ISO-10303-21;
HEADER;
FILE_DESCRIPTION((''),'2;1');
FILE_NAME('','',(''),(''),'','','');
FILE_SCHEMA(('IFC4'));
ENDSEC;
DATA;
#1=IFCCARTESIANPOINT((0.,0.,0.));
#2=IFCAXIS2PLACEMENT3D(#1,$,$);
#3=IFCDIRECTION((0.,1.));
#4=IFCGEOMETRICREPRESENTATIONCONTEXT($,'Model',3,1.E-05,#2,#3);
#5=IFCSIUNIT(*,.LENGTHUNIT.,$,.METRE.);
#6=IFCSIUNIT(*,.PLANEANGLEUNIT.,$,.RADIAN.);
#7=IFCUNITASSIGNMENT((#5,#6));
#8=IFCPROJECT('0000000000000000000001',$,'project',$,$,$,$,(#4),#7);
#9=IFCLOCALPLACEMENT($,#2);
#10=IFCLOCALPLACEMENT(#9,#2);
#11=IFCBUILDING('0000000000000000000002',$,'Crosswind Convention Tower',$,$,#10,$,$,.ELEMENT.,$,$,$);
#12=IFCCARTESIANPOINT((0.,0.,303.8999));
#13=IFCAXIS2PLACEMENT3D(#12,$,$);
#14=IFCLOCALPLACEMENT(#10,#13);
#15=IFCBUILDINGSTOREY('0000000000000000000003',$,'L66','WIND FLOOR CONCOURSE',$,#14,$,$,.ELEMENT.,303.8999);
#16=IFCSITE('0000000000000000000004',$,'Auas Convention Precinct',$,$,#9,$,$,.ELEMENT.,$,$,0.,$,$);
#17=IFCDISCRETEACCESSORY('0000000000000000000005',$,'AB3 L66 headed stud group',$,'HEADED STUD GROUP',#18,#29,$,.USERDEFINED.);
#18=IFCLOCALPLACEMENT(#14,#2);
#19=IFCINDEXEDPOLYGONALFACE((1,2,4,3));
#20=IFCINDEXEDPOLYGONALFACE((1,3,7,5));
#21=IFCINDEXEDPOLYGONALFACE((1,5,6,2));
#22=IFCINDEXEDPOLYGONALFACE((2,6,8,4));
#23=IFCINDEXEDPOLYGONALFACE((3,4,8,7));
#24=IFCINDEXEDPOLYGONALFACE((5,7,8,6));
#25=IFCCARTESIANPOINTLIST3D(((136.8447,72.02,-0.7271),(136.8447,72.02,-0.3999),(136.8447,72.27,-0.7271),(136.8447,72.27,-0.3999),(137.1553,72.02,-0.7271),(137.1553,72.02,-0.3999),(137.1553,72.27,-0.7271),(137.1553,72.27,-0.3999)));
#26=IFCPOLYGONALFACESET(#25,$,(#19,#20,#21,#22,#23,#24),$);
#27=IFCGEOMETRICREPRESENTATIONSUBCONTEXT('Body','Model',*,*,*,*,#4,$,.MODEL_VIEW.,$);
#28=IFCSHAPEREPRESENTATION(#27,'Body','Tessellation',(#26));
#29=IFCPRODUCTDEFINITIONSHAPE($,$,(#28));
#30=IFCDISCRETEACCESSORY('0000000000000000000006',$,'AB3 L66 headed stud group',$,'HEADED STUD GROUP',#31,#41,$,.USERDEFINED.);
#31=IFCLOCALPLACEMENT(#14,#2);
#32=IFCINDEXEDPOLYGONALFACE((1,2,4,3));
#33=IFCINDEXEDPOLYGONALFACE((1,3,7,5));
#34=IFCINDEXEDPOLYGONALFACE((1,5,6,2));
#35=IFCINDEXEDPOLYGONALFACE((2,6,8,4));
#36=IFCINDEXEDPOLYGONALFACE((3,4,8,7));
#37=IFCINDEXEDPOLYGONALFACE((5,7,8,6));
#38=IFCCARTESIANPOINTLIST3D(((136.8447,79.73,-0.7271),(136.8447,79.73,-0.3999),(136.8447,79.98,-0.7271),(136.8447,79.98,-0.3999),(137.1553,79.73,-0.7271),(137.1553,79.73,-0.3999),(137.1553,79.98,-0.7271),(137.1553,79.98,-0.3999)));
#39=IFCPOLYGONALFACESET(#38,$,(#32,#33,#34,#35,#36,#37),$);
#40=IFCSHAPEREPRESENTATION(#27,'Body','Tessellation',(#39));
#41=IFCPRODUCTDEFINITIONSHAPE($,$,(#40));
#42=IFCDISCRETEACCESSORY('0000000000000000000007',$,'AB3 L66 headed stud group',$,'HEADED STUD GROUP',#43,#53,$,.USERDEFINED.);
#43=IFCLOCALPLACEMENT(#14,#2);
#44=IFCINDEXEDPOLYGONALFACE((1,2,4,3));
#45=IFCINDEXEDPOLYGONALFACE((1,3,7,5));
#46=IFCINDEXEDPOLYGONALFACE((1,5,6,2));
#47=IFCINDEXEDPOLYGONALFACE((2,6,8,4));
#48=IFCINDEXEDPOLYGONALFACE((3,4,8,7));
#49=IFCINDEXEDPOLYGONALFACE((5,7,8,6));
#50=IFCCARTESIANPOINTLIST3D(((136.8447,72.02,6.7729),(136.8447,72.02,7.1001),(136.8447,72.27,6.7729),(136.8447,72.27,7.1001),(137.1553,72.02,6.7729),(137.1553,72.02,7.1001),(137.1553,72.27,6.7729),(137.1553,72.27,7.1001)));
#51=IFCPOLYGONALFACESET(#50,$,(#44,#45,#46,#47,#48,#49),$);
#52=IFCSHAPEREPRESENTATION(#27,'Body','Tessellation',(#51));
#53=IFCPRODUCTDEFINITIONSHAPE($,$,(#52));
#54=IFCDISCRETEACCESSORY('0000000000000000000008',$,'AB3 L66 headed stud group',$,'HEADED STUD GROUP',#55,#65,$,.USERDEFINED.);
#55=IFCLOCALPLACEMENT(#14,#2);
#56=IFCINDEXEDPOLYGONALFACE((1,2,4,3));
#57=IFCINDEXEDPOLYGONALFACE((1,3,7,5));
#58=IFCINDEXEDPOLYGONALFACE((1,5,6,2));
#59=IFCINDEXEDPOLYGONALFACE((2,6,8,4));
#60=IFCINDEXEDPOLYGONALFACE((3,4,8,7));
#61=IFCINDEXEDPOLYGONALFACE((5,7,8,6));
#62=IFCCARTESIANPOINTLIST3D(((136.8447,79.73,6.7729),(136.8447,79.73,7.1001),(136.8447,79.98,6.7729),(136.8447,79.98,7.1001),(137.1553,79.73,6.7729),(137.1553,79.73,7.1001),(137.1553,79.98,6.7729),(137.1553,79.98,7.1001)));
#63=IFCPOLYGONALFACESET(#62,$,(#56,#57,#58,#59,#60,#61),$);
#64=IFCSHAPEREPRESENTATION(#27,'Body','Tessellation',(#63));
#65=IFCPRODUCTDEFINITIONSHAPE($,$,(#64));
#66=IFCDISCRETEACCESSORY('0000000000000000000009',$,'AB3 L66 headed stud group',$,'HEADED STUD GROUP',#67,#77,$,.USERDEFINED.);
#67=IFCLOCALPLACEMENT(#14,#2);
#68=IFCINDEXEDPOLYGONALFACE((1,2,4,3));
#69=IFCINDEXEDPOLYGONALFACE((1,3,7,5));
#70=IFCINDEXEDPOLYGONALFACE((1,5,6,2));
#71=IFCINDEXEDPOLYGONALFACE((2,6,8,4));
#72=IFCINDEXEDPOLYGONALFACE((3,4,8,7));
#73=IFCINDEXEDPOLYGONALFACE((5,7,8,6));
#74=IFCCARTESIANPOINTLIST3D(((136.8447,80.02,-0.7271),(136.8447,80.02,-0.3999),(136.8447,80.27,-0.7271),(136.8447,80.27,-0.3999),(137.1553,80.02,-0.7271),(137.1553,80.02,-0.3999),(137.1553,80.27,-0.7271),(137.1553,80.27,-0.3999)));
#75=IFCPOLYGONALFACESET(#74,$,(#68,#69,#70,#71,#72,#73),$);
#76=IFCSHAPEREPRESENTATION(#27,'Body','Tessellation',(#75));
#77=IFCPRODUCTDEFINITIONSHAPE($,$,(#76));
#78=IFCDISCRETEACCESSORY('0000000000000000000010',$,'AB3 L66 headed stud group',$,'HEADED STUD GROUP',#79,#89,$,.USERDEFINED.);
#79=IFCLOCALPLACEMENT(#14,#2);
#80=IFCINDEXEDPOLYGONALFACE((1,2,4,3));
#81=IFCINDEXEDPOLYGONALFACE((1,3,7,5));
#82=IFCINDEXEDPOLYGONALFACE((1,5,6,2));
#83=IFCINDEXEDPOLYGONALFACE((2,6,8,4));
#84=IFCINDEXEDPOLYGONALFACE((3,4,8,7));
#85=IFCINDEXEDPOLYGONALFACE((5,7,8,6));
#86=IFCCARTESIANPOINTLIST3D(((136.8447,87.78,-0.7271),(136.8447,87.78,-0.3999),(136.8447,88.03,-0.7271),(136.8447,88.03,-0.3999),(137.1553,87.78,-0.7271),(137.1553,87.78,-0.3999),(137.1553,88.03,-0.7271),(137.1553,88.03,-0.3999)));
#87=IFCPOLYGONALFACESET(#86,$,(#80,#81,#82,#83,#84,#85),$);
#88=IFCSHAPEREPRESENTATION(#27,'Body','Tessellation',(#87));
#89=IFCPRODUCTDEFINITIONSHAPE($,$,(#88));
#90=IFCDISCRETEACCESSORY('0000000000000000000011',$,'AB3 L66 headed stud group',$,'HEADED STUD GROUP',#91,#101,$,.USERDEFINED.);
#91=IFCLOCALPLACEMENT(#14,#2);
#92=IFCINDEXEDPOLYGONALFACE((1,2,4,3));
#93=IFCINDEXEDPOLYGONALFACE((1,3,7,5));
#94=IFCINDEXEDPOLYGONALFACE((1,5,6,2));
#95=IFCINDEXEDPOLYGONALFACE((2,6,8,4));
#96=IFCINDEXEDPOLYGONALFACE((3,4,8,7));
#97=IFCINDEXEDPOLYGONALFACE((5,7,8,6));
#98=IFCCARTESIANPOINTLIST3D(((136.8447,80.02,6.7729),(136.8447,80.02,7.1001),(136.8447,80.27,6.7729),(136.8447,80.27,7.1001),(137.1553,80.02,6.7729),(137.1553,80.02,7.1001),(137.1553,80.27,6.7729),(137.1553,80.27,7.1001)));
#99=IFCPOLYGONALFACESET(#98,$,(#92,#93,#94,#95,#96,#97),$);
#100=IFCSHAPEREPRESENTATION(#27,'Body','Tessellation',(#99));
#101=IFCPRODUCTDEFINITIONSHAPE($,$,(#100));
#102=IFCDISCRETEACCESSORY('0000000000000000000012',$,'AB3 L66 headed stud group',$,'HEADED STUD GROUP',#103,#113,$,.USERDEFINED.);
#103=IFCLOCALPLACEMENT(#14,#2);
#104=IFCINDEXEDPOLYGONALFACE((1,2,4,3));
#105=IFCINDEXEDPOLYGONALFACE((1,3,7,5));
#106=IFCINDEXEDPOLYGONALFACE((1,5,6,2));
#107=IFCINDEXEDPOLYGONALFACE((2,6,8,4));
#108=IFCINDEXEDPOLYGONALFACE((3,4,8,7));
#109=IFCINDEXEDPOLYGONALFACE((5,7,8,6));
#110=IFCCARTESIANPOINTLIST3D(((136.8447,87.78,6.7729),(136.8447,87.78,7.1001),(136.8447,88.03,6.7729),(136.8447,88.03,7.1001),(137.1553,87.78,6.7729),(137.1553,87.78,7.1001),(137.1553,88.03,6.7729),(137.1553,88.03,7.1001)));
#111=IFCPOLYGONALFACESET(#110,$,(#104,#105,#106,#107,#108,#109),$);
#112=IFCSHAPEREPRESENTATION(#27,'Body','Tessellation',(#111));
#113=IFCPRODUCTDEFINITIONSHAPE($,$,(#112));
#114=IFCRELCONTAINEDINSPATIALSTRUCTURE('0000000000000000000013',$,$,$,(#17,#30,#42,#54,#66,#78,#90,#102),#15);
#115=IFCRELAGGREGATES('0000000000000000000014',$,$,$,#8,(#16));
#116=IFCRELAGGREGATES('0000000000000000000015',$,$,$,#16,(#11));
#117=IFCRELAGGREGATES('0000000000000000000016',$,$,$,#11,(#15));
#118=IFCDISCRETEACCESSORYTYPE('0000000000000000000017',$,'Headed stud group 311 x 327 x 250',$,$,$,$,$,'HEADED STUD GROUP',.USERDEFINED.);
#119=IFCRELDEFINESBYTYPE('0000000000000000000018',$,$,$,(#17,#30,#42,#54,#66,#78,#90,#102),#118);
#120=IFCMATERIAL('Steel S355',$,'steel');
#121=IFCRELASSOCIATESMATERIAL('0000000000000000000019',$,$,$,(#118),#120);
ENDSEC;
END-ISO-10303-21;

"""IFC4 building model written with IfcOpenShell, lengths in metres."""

from ifc_helpers import new_model, si_unit, direction, frame, origin, origin_2d, place, context, subcontext, project, spatial, rectangle, extrude, material, type_object, element, save


model = new_model("IFC4")

# Units and contexts
model_context = context("Model", 3, precision=1e-05, world=origin(), true_north=direction((0.0, 1.0)))
body_context = subcontext(model_context, "Body", "Model", "MODEL_VIEW")
ifc_project = project(units=[si_unit("LENGTHUNIT", "METRE"), si_unit("PLANEANGLEUNIT", "RADIAN")], contexts=[model_context])

# Site, building, storey
site_placement = place(None, origin())
site = spatial("IfcSite", under=ifc_project, at=site_placement, Name="Auas Convention Precinct", CompositionType="ELEMENT", RefElevation=0.0)
building_placement = place(site_placement, origin())
building = spatial("IfcBuilding", under=site, at=building_placement, Name="Crosswind Convention Tower", CompositionType="ELEMENT")
storey_placement = place(building_placement, frame((0.0, 0.0, 303.8999)))
storey = spatial("IfcBuildingStorey", under=building, at=storey_placement, Name="L66", Description="WIND FLOOR CONCOURSE", CompositionType="ELEMENT", Elevation=303.8999)

# Shared definitions
ifc_material_1 = material(Name="Steel S355", Category="steel")

# Discrete accessories
discrete_accessory_type_1 = type_object("IfcDiscreteAccessoryType", Name="Headed stud group 311 x 327 x 250", ElementType="HEADED STUD GROUP", PredefinedType="USERDEFINED", material=ifc_material_1)
for number, where, z_axis, x_axis, name in (
    (1, (137.0, 72.145, -0.7271), (0.0, 0.0, 1.0), (1.0, 0.0, 0.0), "AB3 L66 headed stud group"),
    (2, (137.0, 79.855, -0.7271), (0.0, 0.0, 1.0), (1.0, 0.0, 0.0), "AB3 L66 headed stud group"),
    (3, (137.0, 72.145, 6.7729), (0.0, 0.0, 1.0), (1.0, 0.0, 0.0), "AB3 L66 headed stud group"),
    (4, (137.0, 79.855, 6.7729), (0.0, 0.0, 1.0), (1.0, 0.0, 0.0), "AB3 L66 headed stud group"),
    (5, (137.0, 80.145, -0.7271), (0.0, 0.0, 1.0), (1.0, 0.0, 0.0), "AB3 L66 headed stud group"),
    (6, (137.0, 87.905, -0.7271), (0.0, 0.0, 1.0), (1.0, 0.0, 0.0), "AB3 L66 headed stud group"),
    (7, (137.0, 80.145, 6.7729), (0.0, 0.0, 1.0), (1.0, 0.0, 0.0), "AB3 L66 headed stud group"),
    (8, (137.0, 87.905, 6.7729), (0.0, 0.0, 1.0), (1.0, 0.0, 0.0), "AB3 L66 headed stud group"),
):
    element("IfcDiscreteAccessory", number, at=place(storey_placement, frame(where, z_axis=z_axis, x_axis=x_axis)), inside=storey, type_object=discrete_accessory_type_1, Name=name, ObjectType="HEADED STUD GROUP", PredefinedType="USERDEFINED", context=body_context, shape_type="SweptSolid", body=[
        extrude(rectangle(XDim=0.3105, YDim=0.25, at=origin_2d()), origin(), (0.0, 0.0, 1.0), 0.3271),
    ])

save(model, "model.ifc")
